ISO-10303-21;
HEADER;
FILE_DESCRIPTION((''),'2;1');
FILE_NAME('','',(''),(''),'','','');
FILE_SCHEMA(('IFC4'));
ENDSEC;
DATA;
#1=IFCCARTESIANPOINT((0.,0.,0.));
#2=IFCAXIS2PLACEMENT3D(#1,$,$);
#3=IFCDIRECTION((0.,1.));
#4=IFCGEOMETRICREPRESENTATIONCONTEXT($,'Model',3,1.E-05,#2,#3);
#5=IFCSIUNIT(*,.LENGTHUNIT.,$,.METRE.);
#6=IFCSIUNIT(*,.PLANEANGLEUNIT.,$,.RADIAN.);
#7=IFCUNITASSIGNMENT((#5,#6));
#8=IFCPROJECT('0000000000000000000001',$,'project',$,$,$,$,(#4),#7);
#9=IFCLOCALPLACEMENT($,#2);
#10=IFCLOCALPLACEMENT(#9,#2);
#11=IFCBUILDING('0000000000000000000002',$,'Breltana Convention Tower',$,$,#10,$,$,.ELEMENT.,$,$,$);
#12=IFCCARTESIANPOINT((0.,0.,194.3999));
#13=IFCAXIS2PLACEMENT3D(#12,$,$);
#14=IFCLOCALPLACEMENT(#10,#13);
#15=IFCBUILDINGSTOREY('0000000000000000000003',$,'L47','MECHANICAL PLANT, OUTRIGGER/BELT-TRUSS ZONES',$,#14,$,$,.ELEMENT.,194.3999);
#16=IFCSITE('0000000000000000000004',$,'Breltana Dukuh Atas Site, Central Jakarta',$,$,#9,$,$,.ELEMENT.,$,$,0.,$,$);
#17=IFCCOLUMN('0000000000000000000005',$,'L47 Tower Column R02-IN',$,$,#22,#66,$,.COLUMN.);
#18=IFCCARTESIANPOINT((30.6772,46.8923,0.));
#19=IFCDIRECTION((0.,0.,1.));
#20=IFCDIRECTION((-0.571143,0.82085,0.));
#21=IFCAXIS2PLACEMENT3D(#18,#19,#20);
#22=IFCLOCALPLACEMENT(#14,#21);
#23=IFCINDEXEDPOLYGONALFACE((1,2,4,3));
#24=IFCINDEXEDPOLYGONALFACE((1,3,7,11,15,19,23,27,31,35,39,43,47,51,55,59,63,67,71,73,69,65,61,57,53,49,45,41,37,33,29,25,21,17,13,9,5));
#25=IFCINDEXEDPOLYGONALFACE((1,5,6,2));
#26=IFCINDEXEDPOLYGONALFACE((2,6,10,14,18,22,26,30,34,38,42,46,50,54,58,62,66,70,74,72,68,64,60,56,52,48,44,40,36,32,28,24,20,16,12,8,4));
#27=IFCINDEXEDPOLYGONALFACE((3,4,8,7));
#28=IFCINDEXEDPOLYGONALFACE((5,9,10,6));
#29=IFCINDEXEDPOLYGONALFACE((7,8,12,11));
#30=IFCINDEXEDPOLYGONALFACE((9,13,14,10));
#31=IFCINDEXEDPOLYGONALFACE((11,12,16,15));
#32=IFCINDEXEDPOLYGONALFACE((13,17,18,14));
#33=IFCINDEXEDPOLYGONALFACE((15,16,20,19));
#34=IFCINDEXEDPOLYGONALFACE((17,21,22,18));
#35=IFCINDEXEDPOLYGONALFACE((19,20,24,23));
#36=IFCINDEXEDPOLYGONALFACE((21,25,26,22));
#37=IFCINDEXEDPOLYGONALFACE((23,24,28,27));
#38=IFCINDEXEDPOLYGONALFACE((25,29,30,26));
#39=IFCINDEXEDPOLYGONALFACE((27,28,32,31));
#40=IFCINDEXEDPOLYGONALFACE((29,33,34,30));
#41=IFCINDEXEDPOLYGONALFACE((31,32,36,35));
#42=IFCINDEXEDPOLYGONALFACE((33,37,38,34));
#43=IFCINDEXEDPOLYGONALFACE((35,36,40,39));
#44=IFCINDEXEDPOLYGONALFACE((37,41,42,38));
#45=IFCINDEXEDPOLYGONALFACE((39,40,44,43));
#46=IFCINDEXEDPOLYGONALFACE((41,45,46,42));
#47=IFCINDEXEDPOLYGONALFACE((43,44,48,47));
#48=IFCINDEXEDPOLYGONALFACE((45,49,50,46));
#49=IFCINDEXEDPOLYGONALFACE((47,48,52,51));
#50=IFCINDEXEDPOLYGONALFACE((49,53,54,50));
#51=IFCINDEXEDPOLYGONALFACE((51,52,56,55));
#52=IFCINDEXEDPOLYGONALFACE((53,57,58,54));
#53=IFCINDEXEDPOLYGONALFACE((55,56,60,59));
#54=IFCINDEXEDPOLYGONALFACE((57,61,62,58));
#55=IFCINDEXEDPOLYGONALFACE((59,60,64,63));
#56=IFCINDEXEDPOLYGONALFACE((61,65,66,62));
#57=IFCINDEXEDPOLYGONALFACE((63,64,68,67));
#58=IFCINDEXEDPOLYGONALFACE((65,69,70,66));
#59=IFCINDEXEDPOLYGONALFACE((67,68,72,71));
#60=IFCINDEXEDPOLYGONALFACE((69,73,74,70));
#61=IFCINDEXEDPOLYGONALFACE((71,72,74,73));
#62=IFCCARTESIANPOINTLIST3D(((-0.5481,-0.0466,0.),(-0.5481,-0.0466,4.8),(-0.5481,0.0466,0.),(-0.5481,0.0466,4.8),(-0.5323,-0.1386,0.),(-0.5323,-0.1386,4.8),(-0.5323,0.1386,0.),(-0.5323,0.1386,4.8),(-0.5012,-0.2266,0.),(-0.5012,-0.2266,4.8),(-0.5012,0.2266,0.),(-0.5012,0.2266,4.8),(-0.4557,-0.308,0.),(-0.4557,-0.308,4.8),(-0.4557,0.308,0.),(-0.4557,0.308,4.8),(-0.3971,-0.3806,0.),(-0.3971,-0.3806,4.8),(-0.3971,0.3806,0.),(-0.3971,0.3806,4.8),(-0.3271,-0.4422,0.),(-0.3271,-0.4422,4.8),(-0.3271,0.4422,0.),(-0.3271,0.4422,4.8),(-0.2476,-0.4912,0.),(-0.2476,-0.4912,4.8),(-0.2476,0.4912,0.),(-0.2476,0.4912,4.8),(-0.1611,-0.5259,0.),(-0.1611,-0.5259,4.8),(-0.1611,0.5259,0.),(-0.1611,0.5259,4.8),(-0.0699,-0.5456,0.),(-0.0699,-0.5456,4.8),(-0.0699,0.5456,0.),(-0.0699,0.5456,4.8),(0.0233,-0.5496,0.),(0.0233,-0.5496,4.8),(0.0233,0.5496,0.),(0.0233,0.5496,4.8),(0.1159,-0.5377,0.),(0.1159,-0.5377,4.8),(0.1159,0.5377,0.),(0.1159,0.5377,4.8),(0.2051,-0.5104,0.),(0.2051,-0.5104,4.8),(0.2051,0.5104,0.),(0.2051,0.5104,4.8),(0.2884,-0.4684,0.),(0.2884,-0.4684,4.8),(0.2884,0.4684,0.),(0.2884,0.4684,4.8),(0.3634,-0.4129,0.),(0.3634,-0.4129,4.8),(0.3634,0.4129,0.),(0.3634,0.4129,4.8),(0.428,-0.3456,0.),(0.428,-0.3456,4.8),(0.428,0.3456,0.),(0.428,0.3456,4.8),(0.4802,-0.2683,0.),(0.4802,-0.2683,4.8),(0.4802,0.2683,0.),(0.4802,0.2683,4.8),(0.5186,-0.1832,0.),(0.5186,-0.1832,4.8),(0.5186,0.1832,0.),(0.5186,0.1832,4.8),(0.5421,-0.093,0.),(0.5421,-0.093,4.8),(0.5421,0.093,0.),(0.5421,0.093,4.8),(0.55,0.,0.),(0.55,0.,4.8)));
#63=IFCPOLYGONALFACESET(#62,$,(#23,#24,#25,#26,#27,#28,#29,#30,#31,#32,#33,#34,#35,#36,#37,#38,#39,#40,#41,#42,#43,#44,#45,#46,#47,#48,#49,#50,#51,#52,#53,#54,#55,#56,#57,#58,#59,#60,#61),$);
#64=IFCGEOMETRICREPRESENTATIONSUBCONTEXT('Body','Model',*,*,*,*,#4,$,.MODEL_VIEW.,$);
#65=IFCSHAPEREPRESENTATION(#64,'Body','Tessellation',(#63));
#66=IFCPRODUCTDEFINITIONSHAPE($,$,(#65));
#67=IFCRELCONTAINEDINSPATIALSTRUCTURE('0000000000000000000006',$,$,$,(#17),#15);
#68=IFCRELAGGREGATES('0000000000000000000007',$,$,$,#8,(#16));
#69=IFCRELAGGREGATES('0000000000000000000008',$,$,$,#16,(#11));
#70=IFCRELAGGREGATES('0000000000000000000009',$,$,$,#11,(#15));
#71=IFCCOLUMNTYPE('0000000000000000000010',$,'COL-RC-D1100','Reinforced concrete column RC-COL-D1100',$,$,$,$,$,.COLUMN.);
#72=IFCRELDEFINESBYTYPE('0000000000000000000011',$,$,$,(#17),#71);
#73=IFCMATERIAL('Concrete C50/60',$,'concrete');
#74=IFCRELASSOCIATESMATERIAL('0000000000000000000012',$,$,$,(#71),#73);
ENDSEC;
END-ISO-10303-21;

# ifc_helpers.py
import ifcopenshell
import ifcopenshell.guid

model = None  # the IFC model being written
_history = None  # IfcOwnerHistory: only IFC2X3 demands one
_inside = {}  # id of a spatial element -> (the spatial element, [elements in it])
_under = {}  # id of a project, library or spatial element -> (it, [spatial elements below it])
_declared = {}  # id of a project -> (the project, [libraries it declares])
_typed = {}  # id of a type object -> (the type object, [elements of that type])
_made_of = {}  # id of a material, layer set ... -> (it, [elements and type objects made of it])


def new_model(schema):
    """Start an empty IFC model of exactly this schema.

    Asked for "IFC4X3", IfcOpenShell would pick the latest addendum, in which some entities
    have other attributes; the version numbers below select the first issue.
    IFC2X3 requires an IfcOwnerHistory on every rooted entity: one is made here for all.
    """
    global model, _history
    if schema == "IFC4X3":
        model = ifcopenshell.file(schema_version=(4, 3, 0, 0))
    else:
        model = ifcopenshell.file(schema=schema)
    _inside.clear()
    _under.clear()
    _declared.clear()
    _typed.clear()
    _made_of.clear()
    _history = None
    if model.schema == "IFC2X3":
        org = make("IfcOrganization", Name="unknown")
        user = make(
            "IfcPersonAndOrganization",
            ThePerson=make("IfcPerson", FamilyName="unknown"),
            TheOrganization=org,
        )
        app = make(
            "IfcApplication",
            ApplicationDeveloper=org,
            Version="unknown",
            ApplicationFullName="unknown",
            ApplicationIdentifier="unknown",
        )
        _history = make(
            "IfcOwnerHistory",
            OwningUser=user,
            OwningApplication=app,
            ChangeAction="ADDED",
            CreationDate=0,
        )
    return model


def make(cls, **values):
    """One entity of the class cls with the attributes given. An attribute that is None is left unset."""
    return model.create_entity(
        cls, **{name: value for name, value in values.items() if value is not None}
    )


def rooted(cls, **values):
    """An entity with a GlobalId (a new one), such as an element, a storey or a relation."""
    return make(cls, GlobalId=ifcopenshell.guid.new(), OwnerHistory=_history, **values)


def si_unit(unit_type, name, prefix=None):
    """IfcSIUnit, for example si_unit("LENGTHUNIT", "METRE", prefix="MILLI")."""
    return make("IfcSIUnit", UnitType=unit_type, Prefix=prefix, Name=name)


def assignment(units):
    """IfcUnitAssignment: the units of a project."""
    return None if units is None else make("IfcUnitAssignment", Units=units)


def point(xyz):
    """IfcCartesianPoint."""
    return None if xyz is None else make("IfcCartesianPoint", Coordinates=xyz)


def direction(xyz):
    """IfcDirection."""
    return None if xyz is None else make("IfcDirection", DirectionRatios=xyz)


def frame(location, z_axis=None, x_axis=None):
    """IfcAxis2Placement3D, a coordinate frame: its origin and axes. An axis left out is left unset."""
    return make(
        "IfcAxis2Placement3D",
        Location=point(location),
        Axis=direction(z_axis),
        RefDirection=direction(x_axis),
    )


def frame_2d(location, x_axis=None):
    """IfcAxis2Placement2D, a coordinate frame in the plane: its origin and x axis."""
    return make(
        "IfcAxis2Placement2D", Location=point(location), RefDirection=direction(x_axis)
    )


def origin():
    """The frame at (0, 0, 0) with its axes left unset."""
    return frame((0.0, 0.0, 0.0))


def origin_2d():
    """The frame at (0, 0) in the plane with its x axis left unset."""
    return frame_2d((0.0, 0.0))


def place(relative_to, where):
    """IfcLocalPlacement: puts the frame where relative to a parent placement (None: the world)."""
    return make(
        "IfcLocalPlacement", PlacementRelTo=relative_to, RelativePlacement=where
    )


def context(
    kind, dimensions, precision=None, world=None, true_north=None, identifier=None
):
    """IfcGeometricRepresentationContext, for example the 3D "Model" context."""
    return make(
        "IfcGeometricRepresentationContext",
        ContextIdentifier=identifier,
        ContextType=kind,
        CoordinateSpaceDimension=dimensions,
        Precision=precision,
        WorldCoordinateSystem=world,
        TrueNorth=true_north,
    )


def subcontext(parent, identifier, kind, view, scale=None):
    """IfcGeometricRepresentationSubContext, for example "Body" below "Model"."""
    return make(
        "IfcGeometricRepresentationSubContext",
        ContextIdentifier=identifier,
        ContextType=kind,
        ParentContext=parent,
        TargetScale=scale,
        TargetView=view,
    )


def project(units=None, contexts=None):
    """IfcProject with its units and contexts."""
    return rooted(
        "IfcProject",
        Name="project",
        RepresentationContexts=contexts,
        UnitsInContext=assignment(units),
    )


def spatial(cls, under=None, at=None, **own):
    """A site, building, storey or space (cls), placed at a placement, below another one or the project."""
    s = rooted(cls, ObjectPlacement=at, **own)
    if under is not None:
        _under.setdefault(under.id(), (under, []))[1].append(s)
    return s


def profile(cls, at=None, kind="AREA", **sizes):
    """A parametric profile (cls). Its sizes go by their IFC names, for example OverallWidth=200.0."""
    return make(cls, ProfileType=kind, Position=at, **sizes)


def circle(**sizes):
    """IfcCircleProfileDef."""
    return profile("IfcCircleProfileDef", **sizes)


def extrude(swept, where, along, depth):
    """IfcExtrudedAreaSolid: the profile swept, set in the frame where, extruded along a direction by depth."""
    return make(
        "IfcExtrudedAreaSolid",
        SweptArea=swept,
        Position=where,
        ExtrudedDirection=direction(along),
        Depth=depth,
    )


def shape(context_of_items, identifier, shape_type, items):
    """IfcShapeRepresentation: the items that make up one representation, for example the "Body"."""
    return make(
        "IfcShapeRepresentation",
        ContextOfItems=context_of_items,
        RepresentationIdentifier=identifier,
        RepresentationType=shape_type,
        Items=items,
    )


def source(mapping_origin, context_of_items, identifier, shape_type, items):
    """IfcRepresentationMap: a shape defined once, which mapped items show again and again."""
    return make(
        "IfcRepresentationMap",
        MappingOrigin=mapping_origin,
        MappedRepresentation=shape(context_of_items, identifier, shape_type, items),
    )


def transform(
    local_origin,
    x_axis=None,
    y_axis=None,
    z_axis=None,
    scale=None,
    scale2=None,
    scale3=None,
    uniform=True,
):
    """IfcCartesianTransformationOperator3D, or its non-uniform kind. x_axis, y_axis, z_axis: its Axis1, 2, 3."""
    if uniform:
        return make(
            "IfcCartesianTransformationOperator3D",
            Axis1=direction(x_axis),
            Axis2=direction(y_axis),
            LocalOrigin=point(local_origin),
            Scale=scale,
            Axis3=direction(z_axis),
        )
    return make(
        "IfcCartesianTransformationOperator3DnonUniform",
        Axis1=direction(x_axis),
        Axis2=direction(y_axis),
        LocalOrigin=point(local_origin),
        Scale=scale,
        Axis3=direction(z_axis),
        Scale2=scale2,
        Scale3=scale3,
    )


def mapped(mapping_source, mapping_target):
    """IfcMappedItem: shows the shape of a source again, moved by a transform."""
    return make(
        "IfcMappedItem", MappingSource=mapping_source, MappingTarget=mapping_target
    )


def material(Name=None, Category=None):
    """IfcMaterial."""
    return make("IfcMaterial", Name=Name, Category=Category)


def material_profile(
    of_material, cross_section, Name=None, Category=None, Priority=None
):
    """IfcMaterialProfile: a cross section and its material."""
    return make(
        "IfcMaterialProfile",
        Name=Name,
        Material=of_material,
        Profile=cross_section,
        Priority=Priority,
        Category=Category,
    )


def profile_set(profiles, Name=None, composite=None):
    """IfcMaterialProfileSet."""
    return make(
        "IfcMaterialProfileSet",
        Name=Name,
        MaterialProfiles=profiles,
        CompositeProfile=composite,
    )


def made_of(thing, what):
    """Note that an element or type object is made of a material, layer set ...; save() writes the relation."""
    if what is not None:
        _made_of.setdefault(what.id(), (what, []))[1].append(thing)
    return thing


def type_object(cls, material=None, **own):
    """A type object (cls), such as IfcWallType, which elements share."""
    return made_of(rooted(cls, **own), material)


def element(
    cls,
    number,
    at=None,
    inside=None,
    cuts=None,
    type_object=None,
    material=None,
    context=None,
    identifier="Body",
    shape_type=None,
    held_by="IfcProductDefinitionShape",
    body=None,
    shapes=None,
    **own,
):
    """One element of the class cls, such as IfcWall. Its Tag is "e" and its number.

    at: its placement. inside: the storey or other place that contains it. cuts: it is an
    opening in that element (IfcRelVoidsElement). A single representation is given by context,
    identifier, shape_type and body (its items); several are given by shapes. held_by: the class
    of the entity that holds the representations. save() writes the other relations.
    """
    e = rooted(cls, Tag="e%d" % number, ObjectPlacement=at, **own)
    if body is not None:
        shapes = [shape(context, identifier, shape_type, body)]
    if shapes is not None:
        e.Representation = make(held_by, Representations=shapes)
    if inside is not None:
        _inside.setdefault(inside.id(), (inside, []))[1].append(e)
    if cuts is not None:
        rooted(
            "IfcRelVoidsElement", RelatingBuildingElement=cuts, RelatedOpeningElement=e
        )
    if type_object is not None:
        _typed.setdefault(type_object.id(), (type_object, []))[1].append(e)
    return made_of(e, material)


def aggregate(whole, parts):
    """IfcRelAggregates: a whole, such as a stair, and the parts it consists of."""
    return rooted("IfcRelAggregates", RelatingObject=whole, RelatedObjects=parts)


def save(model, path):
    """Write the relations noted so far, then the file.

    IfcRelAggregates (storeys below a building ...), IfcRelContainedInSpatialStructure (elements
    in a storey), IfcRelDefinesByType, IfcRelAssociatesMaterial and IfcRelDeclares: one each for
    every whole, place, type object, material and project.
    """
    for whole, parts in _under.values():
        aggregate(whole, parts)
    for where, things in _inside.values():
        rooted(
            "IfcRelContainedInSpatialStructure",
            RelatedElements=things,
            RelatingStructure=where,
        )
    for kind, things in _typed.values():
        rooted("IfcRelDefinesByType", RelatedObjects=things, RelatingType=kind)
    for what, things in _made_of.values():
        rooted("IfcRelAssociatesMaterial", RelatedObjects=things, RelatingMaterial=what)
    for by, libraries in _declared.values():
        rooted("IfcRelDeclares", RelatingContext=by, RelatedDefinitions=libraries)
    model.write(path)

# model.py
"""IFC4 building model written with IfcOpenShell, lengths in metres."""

from ifc_helpers import new_model, si_unit, direction, frame, origin, origin_2d, place, context, subcontext, project, spatial, circle, extrude, source, transform, mapped, material, material_profile, profile_set, type_object, element, save


model = new_model("IFC4")

# Units and contexts
model_context = context("Model", 3, precision=1e-05, world=origin(), true_north=direction((0.0, 1.0)))
body_context = subcontext(model_context, "Body", "Model", "MODEL_VIEW")
ifc_project = project(units=[si_unit("LENGTHUNIT", "METRE"), si_unit("PLANEANGLEUNIT", "RADIAN")], contexts=[model_context])

# Site, building, storey
site_placement = place(None, origin())
site = spatial("IfcSite", under=ifc_project, at=site_placement, Name="Breltana Dukuh Atas Site, Central Jakarta", CompositionType="ELEMENT", RefElevation=0.0)
building_placement = place(site_placement, origin())
building = spatial("IfcBuilding", under=site, at=building_placement, Name="Breltana Convention Tower", CompositionType="ELEMENT")
storey_placement = place(building_placement, frame((0.0, 0.0, 194.3999)))
storey = spatial("IfcBuildingStorey", under=building, at=storey_placement, Name="L47", Description="MECHANICAL PLANT, OUTRIGGER/BELT-TRUSS ZONES", CompositionType="ELEMENT", Elevation=194.3999)

# Column
ifc_material_1 = material(Name="Concrete C50/60", Category="concrete")
ifc_material_profile_1 = material_profile(ifc_material_1, circle(Radius=0.55, at=origin_2d()), Name="RC-COL-D1100")
ifc_profile_set_1 = profile_set([ifc_material_profile_1], Name="Concrete C50/60")
column_type = type_object("IfcColumnType", Name="COL-RC-D1100", Description="Reinforced concrete column RC-COL-D1100", PredefinedType="COLUMN", material=ifc_profile_set_1)
shared_shape_1 = source(origin(), body_context, "Body", "SweptSolid", [
    extrude(circle(Radius=0.55, at=origin_2d()), origin(), (0.0, 0.0, 1.0), 4.8),
])
for number, where, z_axis, x_axis, name in (
    (1, (30.6772, 46.8923, 0.0), (0.0, 0.0, 1.0), (-0.571143, 0.82085, 0.0), "L47 Tower Column R02-IN"),
):
    element("IfcColumn", number, at=place(storey_placement, frame(where, z_axis=z_axis, x_axis=x_axis)), inside=storey, type_object=column_type, Name=name, PredefinedType="COLUMN", context=body_context, shape_type="MappedRepresentation", body=[
        mapped(shared_shape_1, transform((0.0, 0.0, 0.0), scale=1.0)),
    ])

save(model, "model.ifc")
